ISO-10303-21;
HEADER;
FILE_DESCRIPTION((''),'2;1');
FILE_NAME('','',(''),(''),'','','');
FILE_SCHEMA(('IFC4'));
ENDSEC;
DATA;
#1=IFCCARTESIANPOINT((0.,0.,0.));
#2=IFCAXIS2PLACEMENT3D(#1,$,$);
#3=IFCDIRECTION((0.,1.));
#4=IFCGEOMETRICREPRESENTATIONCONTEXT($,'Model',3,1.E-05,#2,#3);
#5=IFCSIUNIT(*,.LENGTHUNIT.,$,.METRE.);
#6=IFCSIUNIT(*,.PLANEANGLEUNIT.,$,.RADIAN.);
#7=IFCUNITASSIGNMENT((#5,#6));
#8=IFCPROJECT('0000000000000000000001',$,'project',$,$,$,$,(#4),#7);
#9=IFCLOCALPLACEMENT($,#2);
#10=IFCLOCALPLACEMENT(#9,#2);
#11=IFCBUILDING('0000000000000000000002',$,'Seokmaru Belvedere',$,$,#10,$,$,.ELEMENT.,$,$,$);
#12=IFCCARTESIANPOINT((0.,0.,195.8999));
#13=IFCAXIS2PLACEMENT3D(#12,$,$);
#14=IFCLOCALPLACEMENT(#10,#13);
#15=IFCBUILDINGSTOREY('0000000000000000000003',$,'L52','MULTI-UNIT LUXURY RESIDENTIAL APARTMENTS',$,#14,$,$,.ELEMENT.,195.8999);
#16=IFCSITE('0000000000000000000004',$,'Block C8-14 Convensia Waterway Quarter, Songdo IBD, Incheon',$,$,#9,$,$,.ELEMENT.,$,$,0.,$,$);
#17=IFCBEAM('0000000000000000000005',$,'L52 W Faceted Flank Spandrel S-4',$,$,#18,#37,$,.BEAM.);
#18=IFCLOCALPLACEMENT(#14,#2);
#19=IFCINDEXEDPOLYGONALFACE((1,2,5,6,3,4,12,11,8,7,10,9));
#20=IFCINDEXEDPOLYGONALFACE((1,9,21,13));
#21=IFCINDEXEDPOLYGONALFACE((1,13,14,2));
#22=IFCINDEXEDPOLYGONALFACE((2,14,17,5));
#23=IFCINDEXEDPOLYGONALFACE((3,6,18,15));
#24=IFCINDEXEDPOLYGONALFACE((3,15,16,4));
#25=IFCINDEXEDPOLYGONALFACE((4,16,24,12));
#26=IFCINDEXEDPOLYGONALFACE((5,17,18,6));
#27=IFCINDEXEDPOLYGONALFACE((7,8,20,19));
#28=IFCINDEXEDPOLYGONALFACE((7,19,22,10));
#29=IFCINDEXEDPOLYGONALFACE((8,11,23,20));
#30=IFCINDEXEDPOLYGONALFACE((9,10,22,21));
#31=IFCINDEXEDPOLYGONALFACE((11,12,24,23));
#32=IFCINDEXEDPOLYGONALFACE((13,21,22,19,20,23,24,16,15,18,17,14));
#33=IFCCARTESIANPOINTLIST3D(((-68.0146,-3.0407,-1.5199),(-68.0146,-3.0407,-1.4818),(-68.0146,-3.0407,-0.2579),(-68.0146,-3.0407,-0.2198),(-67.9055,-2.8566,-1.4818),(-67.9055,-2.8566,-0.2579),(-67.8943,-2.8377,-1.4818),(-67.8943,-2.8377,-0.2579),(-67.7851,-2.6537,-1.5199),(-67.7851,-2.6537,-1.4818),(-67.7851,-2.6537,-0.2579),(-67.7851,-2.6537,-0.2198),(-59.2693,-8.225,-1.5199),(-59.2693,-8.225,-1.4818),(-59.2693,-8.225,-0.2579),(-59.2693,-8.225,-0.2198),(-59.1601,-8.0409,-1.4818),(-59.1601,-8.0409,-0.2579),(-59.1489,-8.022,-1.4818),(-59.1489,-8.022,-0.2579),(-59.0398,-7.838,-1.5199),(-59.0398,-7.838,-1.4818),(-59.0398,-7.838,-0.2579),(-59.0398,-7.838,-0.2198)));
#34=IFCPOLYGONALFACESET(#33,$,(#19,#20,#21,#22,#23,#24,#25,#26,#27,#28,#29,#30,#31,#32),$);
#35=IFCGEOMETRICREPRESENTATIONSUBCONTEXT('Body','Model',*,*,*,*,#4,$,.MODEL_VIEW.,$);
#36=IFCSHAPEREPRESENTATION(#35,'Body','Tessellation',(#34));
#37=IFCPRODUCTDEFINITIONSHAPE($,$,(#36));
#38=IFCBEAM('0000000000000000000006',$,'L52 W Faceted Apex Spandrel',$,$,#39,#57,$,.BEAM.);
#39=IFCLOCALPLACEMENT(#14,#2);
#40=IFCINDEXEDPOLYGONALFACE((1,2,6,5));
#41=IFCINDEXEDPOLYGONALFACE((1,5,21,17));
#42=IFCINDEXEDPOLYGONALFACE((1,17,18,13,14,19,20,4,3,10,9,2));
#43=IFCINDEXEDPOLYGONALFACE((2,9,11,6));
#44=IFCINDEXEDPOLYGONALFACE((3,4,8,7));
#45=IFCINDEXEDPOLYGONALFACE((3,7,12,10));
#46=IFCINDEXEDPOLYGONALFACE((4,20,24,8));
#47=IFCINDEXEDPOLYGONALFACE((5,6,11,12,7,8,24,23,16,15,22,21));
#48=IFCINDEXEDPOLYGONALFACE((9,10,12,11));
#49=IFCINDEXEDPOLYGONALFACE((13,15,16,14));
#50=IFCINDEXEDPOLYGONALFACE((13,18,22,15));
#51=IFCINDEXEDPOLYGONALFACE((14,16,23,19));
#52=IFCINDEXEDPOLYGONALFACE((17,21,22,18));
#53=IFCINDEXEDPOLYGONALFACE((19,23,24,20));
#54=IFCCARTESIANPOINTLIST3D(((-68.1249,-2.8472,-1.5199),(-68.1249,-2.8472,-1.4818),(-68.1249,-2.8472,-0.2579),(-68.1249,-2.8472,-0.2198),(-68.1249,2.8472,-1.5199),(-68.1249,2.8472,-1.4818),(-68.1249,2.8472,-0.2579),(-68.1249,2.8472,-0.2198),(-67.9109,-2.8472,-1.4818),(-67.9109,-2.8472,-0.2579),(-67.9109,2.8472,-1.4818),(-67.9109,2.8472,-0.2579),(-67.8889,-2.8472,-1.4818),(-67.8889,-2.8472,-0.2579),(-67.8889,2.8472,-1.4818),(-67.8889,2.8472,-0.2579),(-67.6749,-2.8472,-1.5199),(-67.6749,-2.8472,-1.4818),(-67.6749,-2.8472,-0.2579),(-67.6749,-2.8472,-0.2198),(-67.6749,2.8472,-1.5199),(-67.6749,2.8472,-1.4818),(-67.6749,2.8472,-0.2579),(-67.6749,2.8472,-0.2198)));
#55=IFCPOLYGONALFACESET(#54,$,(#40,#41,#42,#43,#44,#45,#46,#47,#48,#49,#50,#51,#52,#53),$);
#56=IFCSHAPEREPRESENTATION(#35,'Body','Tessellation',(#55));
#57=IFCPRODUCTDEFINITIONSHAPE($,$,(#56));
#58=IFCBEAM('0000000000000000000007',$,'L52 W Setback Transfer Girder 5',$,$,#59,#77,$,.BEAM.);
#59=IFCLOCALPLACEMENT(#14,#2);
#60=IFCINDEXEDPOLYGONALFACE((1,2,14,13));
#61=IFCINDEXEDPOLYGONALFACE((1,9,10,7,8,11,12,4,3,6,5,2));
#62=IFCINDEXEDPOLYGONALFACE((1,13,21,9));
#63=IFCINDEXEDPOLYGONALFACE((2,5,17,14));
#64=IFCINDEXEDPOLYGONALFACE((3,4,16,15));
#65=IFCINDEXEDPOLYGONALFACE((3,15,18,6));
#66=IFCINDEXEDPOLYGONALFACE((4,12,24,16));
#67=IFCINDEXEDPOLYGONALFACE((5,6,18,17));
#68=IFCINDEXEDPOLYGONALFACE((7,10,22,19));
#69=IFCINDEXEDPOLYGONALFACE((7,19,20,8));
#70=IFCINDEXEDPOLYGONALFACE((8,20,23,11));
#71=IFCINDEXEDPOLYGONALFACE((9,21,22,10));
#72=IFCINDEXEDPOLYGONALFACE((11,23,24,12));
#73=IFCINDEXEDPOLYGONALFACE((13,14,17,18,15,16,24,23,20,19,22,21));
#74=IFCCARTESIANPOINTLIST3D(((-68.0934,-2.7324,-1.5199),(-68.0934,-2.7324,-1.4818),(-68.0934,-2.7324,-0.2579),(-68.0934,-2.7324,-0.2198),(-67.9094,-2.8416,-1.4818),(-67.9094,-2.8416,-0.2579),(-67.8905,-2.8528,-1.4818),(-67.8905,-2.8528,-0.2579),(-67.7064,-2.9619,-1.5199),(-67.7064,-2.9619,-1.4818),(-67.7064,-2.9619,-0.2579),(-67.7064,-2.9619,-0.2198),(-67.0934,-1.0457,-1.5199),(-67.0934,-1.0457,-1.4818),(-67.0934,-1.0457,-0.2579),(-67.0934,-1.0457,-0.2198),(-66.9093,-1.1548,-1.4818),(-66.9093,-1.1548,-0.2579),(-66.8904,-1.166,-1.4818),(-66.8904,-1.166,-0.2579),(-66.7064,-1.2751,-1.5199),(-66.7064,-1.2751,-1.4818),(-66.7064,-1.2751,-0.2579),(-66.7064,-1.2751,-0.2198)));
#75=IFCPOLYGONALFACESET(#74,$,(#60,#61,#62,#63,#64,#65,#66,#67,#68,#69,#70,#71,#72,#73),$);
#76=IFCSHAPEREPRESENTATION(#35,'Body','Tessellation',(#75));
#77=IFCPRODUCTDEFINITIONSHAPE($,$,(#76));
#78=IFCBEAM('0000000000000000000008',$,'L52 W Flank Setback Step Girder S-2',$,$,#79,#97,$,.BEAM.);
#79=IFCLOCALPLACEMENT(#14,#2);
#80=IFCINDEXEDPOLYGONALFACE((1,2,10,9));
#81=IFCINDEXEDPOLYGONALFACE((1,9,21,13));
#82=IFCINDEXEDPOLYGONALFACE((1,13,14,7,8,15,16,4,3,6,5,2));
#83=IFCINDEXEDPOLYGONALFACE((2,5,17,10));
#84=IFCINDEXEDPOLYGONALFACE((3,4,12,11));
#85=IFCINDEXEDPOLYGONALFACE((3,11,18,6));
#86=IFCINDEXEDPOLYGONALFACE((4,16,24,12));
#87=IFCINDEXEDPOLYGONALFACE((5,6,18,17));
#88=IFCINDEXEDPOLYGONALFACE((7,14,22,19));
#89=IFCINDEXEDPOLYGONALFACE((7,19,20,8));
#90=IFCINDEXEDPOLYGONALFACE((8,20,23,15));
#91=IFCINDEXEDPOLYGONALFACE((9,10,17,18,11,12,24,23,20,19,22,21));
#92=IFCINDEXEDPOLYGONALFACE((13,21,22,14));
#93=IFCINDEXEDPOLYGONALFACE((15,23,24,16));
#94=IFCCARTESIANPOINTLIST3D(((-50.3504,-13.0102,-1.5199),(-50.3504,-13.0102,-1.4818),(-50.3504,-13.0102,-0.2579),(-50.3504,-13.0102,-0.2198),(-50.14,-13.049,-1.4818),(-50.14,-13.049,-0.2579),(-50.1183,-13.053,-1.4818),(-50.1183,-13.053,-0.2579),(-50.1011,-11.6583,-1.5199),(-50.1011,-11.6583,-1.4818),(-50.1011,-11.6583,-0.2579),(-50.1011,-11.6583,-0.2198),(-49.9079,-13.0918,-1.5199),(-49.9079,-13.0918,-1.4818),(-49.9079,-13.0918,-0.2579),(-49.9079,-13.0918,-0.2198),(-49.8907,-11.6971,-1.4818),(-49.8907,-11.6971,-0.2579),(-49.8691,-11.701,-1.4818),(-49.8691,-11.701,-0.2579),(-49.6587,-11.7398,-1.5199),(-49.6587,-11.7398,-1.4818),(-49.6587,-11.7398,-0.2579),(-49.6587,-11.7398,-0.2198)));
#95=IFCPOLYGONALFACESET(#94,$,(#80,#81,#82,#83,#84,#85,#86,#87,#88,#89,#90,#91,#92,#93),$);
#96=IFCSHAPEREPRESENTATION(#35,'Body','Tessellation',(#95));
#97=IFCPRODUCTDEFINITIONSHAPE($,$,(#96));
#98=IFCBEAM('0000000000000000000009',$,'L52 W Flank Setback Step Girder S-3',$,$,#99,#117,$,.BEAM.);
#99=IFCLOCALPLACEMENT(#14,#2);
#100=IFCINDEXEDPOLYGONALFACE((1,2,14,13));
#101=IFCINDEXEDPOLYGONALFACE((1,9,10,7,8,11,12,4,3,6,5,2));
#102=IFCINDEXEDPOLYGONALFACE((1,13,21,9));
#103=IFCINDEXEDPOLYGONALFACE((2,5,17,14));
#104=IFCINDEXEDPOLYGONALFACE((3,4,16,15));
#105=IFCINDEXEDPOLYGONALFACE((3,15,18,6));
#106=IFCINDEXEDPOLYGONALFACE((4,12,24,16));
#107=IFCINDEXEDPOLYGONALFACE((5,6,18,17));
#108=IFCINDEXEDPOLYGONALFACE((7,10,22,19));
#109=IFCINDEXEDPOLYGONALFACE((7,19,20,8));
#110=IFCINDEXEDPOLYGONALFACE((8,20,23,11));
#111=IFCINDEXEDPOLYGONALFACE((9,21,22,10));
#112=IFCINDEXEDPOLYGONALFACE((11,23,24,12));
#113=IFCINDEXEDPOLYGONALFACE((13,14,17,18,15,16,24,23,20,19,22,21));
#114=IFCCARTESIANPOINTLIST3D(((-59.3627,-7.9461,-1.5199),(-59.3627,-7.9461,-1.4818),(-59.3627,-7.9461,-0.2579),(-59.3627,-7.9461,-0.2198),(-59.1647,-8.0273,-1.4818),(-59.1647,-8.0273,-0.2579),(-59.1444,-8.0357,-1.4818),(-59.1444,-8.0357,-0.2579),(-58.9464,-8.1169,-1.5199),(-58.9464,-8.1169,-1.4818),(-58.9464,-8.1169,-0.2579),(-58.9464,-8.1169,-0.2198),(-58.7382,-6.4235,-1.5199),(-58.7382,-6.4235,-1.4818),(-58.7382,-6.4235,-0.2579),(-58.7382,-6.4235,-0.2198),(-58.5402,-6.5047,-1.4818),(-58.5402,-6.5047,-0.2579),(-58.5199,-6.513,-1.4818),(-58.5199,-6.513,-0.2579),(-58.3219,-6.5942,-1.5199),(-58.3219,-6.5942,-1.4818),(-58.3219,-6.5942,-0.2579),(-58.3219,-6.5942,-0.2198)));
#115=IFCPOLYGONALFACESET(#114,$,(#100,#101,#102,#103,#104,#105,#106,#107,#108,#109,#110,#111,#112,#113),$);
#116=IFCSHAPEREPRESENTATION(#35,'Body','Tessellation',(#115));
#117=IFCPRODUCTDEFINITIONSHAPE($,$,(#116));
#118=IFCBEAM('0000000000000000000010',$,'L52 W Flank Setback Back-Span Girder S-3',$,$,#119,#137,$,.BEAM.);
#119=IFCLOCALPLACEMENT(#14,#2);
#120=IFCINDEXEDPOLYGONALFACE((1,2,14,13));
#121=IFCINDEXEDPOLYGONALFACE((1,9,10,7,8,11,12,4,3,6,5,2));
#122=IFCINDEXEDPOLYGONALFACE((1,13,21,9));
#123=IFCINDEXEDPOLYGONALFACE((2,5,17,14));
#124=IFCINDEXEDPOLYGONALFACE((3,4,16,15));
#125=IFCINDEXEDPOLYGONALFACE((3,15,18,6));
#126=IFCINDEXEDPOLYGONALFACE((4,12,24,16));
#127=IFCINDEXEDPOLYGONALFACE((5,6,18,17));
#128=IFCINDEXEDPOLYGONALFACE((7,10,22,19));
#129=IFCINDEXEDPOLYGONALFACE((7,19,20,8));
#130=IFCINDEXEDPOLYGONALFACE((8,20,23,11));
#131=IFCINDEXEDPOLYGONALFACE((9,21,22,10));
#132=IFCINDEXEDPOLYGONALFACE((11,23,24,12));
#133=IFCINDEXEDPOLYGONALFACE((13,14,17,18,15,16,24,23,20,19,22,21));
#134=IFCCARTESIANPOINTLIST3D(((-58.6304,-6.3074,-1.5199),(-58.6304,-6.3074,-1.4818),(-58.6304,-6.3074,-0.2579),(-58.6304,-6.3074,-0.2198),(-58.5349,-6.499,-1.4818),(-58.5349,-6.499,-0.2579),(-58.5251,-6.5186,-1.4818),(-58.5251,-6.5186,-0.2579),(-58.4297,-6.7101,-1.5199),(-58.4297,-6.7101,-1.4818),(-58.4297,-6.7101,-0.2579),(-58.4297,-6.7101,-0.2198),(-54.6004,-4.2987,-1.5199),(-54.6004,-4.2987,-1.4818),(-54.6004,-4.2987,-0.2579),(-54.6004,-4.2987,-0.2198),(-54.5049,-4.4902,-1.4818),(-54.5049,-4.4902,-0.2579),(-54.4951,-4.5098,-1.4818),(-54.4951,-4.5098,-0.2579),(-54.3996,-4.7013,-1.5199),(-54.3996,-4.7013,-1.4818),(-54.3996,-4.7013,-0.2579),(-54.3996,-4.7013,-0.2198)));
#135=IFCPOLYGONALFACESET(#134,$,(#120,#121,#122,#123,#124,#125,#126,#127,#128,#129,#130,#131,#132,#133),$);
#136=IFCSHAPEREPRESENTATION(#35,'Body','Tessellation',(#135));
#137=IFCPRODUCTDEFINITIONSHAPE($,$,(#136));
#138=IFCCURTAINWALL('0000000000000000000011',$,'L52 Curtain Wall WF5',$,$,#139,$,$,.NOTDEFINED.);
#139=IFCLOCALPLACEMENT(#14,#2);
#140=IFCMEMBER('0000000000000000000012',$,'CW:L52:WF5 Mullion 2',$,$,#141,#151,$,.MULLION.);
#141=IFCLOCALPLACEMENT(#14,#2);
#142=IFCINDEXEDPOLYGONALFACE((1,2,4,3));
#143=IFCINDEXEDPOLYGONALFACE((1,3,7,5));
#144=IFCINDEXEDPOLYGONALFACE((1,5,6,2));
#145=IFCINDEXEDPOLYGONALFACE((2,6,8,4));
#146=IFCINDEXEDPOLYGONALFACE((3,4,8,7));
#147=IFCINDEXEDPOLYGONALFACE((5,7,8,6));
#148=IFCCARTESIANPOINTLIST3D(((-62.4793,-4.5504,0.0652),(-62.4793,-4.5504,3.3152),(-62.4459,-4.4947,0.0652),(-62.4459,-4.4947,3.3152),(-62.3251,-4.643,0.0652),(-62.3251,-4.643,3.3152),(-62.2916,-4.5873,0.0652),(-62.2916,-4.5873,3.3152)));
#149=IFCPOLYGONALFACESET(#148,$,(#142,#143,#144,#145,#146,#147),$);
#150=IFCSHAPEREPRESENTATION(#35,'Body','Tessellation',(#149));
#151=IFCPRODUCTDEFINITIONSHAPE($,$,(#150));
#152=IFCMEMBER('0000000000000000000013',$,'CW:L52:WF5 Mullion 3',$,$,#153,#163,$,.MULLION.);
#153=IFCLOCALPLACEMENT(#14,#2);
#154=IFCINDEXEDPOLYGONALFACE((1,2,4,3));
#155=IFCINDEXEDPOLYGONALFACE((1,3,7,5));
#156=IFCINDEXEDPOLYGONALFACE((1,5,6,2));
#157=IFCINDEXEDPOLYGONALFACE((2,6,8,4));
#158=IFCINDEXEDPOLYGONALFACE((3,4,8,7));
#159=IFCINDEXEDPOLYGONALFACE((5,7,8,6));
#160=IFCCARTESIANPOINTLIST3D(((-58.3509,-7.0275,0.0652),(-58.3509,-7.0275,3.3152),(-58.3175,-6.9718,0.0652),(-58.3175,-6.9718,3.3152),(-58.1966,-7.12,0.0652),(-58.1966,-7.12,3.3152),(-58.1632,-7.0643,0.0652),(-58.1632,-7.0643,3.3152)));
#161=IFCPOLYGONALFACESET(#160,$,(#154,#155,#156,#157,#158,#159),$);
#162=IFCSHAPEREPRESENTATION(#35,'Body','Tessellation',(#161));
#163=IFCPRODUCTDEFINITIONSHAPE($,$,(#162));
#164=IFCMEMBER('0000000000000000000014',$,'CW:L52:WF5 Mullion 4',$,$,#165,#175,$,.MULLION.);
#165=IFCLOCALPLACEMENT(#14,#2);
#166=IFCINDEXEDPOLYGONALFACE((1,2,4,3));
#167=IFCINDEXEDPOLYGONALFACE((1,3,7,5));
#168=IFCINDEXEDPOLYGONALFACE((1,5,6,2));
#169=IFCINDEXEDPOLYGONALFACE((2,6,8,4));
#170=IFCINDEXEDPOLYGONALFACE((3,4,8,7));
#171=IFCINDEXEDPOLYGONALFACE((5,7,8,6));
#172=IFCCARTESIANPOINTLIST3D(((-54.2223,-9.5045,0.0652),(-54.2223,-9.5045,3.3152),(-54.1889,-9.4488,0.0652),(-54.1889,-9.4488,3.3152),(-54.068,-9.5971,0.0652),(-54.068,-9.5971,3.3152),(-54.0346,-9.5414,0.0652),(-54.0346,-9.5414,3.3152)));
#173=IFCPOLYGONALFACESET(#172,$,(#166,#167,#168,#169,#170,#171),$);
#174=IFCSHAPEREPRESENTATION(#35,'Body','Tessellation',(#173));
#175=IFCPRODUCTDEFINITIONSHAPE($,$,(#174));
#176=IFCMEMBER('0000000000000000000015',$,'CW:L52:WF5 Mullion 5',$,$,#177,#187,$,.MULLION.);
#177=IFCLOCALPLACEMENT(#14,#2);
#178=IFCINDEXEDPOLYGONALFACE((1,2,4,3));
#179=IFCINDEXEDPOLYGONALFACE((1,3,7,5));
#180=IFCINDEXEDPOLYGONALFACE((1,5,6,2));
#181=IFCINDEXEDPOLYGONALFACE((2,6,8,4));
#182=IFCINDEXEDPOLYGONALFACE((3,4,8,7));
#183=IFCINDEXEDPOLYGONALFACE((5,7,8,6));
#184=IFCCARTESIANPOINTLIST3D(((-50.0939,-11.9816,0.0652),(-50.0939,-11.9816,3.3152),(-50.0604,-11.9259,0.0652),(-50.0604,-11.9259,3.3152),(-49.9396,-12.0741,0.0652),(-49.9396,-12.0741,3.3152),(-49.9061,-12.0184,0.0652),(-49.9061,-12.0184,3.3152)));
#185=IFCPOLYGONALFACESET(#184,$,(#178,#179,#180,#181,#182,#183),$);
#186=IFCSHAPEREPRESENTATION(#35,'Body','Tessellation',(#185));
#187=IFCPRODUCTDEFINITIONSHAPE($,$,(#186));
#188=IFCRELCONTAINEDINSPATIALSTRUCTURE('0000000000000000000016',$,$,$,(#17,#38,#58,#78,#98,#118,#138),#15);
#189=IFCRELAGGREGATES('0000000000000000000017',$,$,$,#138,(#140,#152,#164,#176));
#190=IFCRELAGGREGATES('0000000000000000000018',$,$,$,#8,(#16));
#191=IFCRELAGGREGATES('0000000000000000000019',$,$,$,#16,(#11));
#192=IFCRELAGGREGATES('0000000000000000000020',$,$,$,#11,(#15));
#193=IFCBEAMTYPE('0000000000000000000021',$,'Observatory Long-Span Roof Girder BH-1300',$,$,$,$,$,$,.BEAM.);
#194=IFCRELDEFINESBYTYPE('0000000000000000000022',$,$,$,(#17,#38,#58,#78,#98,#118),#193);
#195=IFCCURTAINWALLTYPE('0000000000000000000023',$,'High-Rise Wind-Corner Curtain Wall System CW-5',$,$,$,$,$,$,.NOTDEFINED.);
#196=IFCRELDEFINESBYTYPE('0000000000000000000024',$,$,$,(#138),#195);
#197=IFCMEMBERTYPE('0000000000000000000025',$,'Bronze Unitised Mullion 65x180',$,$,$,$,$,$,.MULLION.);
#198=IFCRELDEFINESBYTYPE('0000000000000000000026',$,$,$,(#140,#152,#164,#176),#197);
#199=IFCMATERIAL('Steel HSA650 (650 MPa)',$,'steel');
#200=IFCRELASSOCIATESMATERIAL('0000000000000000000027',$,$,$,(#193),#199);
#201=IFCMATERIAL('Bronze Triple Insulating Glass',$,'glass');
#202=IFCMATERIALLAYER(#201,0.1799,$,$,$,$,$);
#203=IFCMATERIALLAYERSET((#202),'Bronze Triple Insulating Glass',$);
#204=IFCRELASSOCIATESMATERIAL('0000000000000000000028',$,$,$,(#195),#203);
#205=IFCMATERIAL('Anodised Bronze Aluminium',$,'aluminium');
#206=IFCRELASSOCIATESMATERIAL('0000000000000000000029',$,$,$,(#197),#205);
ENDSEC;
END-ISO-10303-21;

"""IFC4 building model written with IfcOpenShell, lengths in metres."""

from ifc_helpers import new_model, si_unit, direction, frame, origin, origin_2d, place, context, subcontext, project, spatial, rectangle, i_section, extrude, source, transform, mapped, material, layer, layer_set, material_profile, profile_set, type_object, type_shapes, element, aggregate, save


model = new_model("IFC4")

# Units and contexts
model_context = context("Model", 3, precision=1e-05, world=origin(), true_north=direction((0.0, 1.0)))
body_context = subcontext(model_context, "Body", "Model", "MODEL_VIEW")
ifc_project = project(units=[si_unit("LENGTHUNIT", "METRE"), si_unit("PLANEANGLEUNIT", "RADIAN")], contexts=[model_context])

# Site, building, storey
site_placement = place(None, origin())
site = spatial("IfcSite", under=ifc_project, at=site_placement, Name="Block C8-14 Convensia Waterway Quarter, Songdo IBD, Incheon", CompositionType="ELEMENT", RefElevation=0.0)
building_placement = place(site_placement, origin())
building = spatial("IfcBuilding", under=site, at=building_placement, Name="Seokmaru Belvedere", CompositionType="ELEMENT")
storey_placement = place(building_placement, frame((0.0, 0.0, 195.8999)))
storey = spatial("IfcBuildingStorey", under=building, at=storey_placement, Name="L52", Description="MULTI-UNIT LUXURY RESIDENTIAL APARTMENTS", CompositionType="ELEMENT", Elevation=195.8999)

# Beams
ifc_material_1 = material(Name="Steel HSA650 (650 MPa)", Category="steel")
ifc_material_profile_1 = material_profile(ifc_material_1, i_section(OverallWidth=0.45, OverallDepth=1.3, WebThickness=0.022, FlangeThickness=0.0381, at=origin_2d()), Name="BH-1300x450x22x38")
ifc_profile_set_1 = profile_set([ifc_material_profile_1], Name="Steel HSA650 (650 MPa)")
beam_type_1 = type_object("IfcBeamType", Name="Observatory Long-Span Roof Girder BH-1300", PredefinedType="BEAM", material=ifc_profile_set_1)
shared_shape_1 = source(origin(), body_context, "Body", "SweptSolid", [
    extrude(i_section(OverallWidth=0.45, OverallDepth=1.3, WebThickness=0.022, FlangeThickness=0.0381, at=origin_2d()), origin(), (0.0, 0.0, 1.0), 10.1665),
])
beam_1_placement = place(storey_placement, frame((-59.1545, -8.0315, -0.8699), z_axis=(-0.86021, 0.50994, 0.0), x_axis=(-0.50994, -0.86021, 0.0)))
element("IfcBeam", 1, at=beam_1_placement, inside=storey, type_object=beam_type_1, Name="L52 W Faceted Flank Spandrel S-4", PredefinedType="BEAM", context=body_context, shape_type="MappedRepresentation", body=[
    mapped(shared_shape_1, transform((0.0, 0.0, 0.0), scale=1.0)),
])
shared_shape_2 = source(origin(), body_context, "Body", "SweptSolid", [
    extrude(i_section(OverallWidth=0.45, OverallDepth=1.3, WebThickness=0.022, FlangeThickness=0.0381, at=origin_2d()), origin(), (0.0, 0.0, 1.0), 5.6943),
])
beam_2_placement = place(storey_placement, frame((-67.8999, -2.8472, -0.8699), z_axis=(0.0, 1.0, 0.0), x_axis=(-1.0, 0.0, 0.0)))
element("IfcBeam", 2, at=beam_2_placement, inside=storey, type_object=beam_type_1, Name="L52 W Faceted Apex Spandrel", PredefinedType="BEAM", context=body_context, shape_type="MappedRepresentation", body=[
    mapped(shared_shape_2, transform((0.0, 0.0, 0.0), scale=1.0)),
])
shared_shape_3 = source(origin(), body_context, "Body", "SweptSolid", [
    extrude(i_section(OverallWidth=0.45, OverallDepth=1.3, WebThickness=0.022, FlangeThickness=0.0381, at=origin_2d()), origin(), (0.0, 0.0, 1.0), 1.9609),
])
beam_3_placement = place(storey_placement, frame((-67.8999, -2.8472, -0.8699), z_axis=(0.509966, 0.860194, 0.0), x_axis=(-0.860194, 0.509966, 0.0)))
element("IfcBeam", 3, at=beam_3_placement, inside=storey, type_object=beam_type_1, Name="L52 W Setback Transfer Girder 5", PredefinedType="BEAM", context=body_context, shape_type="MappedRepresentation", body=[
    mapped(shared_shape_3, transform((0.0, 0.0, 0.0), scale=1.0)),
])
shared_shape_4 = source(origin(), body_context, "Body", "SweptSolid", [
    extrude(i_section(OverallWidth=0.45, OverallDepth=1.3, WebThickness=0.022, FlangeThickness=0.0381, at=origin_2d()), origin(), (0.0, 0.0, 1.0), 1.3748),
])
beam_4_placement = place(storey_placement, frame((-50.1292, -13.051, -0.8699), z_axis=(0.181307, 0.983427, 0.0), x_axis=(-0.983427, 0.181307, 0.0)))
element("IfcBeam", 4, at=beam_4_placement, inside=storey, type_object=beam_type_1, Name="L52 W Flank Setback Step Girder S-2", PredefinedType="BEAM", context=body_context, shape_type="MappedRepresentation", body=[
    mapped(shared_shape_4, transform((0.0, 0.0, 0.0), scale=1.0)),
])
shared_shape_5 = source(origin(), body_context, "Body", "SweptSolid", [
    extrude(i_section(OverallWidth=0.45, OverallDepth=1.3, WebThickness=0.022, FlangeThickness=0.0381, at=origin_2d()), origin(), (0.0, 0.0, 1.0), 1.6458),
])
beam_5_placement = place(storey_placement, frame((-59.1545, -8.0315, -0.8699), z_axis=(0.379459, 0.925209, 0.0), x_axis=(-0.925209, 0.379459, 0.0)))
element("IfcBeam", 5, at=beam_5_placement, inside=storey, type_object=beam_type_1, Name="L52 W Flank Setback Step Girder S-3", PredefinedType="BEAM", context=body_context, shape_type="MappedRepresentation", body=[
    mapped(shared_shape_5, transform((0.0, 0.0, 0.0), scale=1.0)),
])
shared_shape_6 = source(origin(), body_context, "Body", "SweptSolid", [
    extrude(i_section(OverallWidth=0.45, OverallDepth=1.3, WebThickness=0.022, FlangeThickness=0.0381, at=origin_2d()), origin(), (0.0, 0.0, 1.0), 4.5029),
])
beam_6_placement = place(storey_placement, frame((-58.53, -6.5088, -0.8699), z_axis=(0.89498, 0.446107, 0.0), x_axis=(-0.446107, 0.89498, 0.0)))
element("IfcBeam", 6, at=beam_6_placement, inside=storey, type_object=beam_type_1, Name="L52 W Flank Setback Back-Span Girder S-3", PredefinedType="BEAM", context=body_context, shape_type="MappedRepresentation", body=[
    mapped(shared_shape_6, transform((0.0, 0.0, 0.0), scale=1.0)),
])

# Curtain wall, members
ifc_material_2 = material(Name="Bronze Triple Insulating Glass", Category="glass")
ifc_layer_1 = layer(ifc_material_2, 0.1799)
ifc_layer_set_1 = layer_set([ifc_layer_1], Name="Bronze Triple Insulating Glass")
curtain_wall_type = type_object("IfcCurtainWallType", Name="High-Rise Wind-Corner Curtain Wall System CW-5", PredefinedType="NOTDEFINED", material=ifc_layer_set_1)
curtain_wall_placement = place(storey_placement, origin())
curtain_wall = element("IfcCurtainWall", 7, at=curtain_wall_placement, inside=storey, type_object=curtain_wall_type, Name="L52 Curtain Wall WF5", PredefinedType="NOTDEFINED")
ifc_material_3 = material(Name="Anodised Bronze Aluminium", Category="aluminium")
ifc_material_profile_2 = material_profile(ifc_material_3, rectangle(XDim=0.0649, YDim=0.1799, at=origin_2d()), Name="CW-M-65x180")
ifc_profile_set_2 = profile_set([ifc_material_profile_2], Name="Anodised Bronze Aluminium")
member_type_1 = type_object("IfcMemberType", Name="Bronze Unitised Mullion 65x180", PredefinedType="MULLION", material=ifc_profile_set_2)
shared_shape_7 = source(origin(), body_context, "Body", "SweptSolid", [
    extrude(rectangle(XDim=0.0649, YDim=0.1799, at=origin_2d()), origin(), (0.0, 0.0, 1.0), 3.25),
])
type_shapes(member_type_1, [shared_shape_7])
member_1_placement = place(storey_placement, frame((-62.3855, -4.5688, 0.0652), z_axis=(0.0, 0.0, 1.0), x_axis=(0.514495, 0.857493, 0.0)))
member_1 = element("IfcMember", 8, at=member_1_placement, type_object=member_type_1, Name="CW:L52:WF5 Mullion 2", PredefinedType="MULLION", context=body_context, shape_type="MappedRepresentation", body=[
    mapped(shared_shape_7, transform((0.0, 0.0, 0.0), scale=1.0)),
])
member_2_placement = place(storey_placement, frame((-58.2571, -7.0459, 0.0652), z_axis=(0.0, 0.0, 1.0), x_axis=(0.514495, 0.857493, 0.0)))
member_2 = element("IfcMember", 9, at=member_2_placement, type_object=member_type_1, Name="CW:L52:WF5 Mullion 3", PredefinedType="MULLION", context=body_context, shape_type="MappedRepresentation", body=[
    mapped(shared_shape_7, transform((0.0, 0.0, 0.0), scale=1.0)),
])
member_3_placement = place(storey_placement, frame((-54.1284, -9.5229, 0.0652), z_axis=(0.0, 0.0, 1.0), x_axis=(0.514495, 0.857493, 0.0)))
member_3 = element("IfcMember", 10, at=member_3_placement, type_object=member_type_1, Name="CW:L52:WF5 Mullion 4", PredefinedType="MULLION", context=body_context, shape_type="MappedRepresentation", body=[
    mapped(shared_shape_7, transform((0.0, 0.0, 0.0), scale=1.0)),
])
member_4_placement = place(storey_placement, frame((-50.0, -12.0, 0.0652), z_axis=(0.0, 0.0, 1.0), x_axis=(0.514495, 0.857493, 0.0)))
member_4 = element("IfcMember", 11, at=member_4_placement, type_object=member_type_1, Name="CW:L52:WF5 Mullion 5", PredefinedType="MULLION", context=body_context, shape_type="MappedRepresentation", body=[
    mapped(shared_shape_7, transform((0.0, 0.0, 0.0), scale=1.0)),
])
aggregate(curtain_wall, [member_1, member_2, member_3, member_4])

save(model, "model.ifc")
